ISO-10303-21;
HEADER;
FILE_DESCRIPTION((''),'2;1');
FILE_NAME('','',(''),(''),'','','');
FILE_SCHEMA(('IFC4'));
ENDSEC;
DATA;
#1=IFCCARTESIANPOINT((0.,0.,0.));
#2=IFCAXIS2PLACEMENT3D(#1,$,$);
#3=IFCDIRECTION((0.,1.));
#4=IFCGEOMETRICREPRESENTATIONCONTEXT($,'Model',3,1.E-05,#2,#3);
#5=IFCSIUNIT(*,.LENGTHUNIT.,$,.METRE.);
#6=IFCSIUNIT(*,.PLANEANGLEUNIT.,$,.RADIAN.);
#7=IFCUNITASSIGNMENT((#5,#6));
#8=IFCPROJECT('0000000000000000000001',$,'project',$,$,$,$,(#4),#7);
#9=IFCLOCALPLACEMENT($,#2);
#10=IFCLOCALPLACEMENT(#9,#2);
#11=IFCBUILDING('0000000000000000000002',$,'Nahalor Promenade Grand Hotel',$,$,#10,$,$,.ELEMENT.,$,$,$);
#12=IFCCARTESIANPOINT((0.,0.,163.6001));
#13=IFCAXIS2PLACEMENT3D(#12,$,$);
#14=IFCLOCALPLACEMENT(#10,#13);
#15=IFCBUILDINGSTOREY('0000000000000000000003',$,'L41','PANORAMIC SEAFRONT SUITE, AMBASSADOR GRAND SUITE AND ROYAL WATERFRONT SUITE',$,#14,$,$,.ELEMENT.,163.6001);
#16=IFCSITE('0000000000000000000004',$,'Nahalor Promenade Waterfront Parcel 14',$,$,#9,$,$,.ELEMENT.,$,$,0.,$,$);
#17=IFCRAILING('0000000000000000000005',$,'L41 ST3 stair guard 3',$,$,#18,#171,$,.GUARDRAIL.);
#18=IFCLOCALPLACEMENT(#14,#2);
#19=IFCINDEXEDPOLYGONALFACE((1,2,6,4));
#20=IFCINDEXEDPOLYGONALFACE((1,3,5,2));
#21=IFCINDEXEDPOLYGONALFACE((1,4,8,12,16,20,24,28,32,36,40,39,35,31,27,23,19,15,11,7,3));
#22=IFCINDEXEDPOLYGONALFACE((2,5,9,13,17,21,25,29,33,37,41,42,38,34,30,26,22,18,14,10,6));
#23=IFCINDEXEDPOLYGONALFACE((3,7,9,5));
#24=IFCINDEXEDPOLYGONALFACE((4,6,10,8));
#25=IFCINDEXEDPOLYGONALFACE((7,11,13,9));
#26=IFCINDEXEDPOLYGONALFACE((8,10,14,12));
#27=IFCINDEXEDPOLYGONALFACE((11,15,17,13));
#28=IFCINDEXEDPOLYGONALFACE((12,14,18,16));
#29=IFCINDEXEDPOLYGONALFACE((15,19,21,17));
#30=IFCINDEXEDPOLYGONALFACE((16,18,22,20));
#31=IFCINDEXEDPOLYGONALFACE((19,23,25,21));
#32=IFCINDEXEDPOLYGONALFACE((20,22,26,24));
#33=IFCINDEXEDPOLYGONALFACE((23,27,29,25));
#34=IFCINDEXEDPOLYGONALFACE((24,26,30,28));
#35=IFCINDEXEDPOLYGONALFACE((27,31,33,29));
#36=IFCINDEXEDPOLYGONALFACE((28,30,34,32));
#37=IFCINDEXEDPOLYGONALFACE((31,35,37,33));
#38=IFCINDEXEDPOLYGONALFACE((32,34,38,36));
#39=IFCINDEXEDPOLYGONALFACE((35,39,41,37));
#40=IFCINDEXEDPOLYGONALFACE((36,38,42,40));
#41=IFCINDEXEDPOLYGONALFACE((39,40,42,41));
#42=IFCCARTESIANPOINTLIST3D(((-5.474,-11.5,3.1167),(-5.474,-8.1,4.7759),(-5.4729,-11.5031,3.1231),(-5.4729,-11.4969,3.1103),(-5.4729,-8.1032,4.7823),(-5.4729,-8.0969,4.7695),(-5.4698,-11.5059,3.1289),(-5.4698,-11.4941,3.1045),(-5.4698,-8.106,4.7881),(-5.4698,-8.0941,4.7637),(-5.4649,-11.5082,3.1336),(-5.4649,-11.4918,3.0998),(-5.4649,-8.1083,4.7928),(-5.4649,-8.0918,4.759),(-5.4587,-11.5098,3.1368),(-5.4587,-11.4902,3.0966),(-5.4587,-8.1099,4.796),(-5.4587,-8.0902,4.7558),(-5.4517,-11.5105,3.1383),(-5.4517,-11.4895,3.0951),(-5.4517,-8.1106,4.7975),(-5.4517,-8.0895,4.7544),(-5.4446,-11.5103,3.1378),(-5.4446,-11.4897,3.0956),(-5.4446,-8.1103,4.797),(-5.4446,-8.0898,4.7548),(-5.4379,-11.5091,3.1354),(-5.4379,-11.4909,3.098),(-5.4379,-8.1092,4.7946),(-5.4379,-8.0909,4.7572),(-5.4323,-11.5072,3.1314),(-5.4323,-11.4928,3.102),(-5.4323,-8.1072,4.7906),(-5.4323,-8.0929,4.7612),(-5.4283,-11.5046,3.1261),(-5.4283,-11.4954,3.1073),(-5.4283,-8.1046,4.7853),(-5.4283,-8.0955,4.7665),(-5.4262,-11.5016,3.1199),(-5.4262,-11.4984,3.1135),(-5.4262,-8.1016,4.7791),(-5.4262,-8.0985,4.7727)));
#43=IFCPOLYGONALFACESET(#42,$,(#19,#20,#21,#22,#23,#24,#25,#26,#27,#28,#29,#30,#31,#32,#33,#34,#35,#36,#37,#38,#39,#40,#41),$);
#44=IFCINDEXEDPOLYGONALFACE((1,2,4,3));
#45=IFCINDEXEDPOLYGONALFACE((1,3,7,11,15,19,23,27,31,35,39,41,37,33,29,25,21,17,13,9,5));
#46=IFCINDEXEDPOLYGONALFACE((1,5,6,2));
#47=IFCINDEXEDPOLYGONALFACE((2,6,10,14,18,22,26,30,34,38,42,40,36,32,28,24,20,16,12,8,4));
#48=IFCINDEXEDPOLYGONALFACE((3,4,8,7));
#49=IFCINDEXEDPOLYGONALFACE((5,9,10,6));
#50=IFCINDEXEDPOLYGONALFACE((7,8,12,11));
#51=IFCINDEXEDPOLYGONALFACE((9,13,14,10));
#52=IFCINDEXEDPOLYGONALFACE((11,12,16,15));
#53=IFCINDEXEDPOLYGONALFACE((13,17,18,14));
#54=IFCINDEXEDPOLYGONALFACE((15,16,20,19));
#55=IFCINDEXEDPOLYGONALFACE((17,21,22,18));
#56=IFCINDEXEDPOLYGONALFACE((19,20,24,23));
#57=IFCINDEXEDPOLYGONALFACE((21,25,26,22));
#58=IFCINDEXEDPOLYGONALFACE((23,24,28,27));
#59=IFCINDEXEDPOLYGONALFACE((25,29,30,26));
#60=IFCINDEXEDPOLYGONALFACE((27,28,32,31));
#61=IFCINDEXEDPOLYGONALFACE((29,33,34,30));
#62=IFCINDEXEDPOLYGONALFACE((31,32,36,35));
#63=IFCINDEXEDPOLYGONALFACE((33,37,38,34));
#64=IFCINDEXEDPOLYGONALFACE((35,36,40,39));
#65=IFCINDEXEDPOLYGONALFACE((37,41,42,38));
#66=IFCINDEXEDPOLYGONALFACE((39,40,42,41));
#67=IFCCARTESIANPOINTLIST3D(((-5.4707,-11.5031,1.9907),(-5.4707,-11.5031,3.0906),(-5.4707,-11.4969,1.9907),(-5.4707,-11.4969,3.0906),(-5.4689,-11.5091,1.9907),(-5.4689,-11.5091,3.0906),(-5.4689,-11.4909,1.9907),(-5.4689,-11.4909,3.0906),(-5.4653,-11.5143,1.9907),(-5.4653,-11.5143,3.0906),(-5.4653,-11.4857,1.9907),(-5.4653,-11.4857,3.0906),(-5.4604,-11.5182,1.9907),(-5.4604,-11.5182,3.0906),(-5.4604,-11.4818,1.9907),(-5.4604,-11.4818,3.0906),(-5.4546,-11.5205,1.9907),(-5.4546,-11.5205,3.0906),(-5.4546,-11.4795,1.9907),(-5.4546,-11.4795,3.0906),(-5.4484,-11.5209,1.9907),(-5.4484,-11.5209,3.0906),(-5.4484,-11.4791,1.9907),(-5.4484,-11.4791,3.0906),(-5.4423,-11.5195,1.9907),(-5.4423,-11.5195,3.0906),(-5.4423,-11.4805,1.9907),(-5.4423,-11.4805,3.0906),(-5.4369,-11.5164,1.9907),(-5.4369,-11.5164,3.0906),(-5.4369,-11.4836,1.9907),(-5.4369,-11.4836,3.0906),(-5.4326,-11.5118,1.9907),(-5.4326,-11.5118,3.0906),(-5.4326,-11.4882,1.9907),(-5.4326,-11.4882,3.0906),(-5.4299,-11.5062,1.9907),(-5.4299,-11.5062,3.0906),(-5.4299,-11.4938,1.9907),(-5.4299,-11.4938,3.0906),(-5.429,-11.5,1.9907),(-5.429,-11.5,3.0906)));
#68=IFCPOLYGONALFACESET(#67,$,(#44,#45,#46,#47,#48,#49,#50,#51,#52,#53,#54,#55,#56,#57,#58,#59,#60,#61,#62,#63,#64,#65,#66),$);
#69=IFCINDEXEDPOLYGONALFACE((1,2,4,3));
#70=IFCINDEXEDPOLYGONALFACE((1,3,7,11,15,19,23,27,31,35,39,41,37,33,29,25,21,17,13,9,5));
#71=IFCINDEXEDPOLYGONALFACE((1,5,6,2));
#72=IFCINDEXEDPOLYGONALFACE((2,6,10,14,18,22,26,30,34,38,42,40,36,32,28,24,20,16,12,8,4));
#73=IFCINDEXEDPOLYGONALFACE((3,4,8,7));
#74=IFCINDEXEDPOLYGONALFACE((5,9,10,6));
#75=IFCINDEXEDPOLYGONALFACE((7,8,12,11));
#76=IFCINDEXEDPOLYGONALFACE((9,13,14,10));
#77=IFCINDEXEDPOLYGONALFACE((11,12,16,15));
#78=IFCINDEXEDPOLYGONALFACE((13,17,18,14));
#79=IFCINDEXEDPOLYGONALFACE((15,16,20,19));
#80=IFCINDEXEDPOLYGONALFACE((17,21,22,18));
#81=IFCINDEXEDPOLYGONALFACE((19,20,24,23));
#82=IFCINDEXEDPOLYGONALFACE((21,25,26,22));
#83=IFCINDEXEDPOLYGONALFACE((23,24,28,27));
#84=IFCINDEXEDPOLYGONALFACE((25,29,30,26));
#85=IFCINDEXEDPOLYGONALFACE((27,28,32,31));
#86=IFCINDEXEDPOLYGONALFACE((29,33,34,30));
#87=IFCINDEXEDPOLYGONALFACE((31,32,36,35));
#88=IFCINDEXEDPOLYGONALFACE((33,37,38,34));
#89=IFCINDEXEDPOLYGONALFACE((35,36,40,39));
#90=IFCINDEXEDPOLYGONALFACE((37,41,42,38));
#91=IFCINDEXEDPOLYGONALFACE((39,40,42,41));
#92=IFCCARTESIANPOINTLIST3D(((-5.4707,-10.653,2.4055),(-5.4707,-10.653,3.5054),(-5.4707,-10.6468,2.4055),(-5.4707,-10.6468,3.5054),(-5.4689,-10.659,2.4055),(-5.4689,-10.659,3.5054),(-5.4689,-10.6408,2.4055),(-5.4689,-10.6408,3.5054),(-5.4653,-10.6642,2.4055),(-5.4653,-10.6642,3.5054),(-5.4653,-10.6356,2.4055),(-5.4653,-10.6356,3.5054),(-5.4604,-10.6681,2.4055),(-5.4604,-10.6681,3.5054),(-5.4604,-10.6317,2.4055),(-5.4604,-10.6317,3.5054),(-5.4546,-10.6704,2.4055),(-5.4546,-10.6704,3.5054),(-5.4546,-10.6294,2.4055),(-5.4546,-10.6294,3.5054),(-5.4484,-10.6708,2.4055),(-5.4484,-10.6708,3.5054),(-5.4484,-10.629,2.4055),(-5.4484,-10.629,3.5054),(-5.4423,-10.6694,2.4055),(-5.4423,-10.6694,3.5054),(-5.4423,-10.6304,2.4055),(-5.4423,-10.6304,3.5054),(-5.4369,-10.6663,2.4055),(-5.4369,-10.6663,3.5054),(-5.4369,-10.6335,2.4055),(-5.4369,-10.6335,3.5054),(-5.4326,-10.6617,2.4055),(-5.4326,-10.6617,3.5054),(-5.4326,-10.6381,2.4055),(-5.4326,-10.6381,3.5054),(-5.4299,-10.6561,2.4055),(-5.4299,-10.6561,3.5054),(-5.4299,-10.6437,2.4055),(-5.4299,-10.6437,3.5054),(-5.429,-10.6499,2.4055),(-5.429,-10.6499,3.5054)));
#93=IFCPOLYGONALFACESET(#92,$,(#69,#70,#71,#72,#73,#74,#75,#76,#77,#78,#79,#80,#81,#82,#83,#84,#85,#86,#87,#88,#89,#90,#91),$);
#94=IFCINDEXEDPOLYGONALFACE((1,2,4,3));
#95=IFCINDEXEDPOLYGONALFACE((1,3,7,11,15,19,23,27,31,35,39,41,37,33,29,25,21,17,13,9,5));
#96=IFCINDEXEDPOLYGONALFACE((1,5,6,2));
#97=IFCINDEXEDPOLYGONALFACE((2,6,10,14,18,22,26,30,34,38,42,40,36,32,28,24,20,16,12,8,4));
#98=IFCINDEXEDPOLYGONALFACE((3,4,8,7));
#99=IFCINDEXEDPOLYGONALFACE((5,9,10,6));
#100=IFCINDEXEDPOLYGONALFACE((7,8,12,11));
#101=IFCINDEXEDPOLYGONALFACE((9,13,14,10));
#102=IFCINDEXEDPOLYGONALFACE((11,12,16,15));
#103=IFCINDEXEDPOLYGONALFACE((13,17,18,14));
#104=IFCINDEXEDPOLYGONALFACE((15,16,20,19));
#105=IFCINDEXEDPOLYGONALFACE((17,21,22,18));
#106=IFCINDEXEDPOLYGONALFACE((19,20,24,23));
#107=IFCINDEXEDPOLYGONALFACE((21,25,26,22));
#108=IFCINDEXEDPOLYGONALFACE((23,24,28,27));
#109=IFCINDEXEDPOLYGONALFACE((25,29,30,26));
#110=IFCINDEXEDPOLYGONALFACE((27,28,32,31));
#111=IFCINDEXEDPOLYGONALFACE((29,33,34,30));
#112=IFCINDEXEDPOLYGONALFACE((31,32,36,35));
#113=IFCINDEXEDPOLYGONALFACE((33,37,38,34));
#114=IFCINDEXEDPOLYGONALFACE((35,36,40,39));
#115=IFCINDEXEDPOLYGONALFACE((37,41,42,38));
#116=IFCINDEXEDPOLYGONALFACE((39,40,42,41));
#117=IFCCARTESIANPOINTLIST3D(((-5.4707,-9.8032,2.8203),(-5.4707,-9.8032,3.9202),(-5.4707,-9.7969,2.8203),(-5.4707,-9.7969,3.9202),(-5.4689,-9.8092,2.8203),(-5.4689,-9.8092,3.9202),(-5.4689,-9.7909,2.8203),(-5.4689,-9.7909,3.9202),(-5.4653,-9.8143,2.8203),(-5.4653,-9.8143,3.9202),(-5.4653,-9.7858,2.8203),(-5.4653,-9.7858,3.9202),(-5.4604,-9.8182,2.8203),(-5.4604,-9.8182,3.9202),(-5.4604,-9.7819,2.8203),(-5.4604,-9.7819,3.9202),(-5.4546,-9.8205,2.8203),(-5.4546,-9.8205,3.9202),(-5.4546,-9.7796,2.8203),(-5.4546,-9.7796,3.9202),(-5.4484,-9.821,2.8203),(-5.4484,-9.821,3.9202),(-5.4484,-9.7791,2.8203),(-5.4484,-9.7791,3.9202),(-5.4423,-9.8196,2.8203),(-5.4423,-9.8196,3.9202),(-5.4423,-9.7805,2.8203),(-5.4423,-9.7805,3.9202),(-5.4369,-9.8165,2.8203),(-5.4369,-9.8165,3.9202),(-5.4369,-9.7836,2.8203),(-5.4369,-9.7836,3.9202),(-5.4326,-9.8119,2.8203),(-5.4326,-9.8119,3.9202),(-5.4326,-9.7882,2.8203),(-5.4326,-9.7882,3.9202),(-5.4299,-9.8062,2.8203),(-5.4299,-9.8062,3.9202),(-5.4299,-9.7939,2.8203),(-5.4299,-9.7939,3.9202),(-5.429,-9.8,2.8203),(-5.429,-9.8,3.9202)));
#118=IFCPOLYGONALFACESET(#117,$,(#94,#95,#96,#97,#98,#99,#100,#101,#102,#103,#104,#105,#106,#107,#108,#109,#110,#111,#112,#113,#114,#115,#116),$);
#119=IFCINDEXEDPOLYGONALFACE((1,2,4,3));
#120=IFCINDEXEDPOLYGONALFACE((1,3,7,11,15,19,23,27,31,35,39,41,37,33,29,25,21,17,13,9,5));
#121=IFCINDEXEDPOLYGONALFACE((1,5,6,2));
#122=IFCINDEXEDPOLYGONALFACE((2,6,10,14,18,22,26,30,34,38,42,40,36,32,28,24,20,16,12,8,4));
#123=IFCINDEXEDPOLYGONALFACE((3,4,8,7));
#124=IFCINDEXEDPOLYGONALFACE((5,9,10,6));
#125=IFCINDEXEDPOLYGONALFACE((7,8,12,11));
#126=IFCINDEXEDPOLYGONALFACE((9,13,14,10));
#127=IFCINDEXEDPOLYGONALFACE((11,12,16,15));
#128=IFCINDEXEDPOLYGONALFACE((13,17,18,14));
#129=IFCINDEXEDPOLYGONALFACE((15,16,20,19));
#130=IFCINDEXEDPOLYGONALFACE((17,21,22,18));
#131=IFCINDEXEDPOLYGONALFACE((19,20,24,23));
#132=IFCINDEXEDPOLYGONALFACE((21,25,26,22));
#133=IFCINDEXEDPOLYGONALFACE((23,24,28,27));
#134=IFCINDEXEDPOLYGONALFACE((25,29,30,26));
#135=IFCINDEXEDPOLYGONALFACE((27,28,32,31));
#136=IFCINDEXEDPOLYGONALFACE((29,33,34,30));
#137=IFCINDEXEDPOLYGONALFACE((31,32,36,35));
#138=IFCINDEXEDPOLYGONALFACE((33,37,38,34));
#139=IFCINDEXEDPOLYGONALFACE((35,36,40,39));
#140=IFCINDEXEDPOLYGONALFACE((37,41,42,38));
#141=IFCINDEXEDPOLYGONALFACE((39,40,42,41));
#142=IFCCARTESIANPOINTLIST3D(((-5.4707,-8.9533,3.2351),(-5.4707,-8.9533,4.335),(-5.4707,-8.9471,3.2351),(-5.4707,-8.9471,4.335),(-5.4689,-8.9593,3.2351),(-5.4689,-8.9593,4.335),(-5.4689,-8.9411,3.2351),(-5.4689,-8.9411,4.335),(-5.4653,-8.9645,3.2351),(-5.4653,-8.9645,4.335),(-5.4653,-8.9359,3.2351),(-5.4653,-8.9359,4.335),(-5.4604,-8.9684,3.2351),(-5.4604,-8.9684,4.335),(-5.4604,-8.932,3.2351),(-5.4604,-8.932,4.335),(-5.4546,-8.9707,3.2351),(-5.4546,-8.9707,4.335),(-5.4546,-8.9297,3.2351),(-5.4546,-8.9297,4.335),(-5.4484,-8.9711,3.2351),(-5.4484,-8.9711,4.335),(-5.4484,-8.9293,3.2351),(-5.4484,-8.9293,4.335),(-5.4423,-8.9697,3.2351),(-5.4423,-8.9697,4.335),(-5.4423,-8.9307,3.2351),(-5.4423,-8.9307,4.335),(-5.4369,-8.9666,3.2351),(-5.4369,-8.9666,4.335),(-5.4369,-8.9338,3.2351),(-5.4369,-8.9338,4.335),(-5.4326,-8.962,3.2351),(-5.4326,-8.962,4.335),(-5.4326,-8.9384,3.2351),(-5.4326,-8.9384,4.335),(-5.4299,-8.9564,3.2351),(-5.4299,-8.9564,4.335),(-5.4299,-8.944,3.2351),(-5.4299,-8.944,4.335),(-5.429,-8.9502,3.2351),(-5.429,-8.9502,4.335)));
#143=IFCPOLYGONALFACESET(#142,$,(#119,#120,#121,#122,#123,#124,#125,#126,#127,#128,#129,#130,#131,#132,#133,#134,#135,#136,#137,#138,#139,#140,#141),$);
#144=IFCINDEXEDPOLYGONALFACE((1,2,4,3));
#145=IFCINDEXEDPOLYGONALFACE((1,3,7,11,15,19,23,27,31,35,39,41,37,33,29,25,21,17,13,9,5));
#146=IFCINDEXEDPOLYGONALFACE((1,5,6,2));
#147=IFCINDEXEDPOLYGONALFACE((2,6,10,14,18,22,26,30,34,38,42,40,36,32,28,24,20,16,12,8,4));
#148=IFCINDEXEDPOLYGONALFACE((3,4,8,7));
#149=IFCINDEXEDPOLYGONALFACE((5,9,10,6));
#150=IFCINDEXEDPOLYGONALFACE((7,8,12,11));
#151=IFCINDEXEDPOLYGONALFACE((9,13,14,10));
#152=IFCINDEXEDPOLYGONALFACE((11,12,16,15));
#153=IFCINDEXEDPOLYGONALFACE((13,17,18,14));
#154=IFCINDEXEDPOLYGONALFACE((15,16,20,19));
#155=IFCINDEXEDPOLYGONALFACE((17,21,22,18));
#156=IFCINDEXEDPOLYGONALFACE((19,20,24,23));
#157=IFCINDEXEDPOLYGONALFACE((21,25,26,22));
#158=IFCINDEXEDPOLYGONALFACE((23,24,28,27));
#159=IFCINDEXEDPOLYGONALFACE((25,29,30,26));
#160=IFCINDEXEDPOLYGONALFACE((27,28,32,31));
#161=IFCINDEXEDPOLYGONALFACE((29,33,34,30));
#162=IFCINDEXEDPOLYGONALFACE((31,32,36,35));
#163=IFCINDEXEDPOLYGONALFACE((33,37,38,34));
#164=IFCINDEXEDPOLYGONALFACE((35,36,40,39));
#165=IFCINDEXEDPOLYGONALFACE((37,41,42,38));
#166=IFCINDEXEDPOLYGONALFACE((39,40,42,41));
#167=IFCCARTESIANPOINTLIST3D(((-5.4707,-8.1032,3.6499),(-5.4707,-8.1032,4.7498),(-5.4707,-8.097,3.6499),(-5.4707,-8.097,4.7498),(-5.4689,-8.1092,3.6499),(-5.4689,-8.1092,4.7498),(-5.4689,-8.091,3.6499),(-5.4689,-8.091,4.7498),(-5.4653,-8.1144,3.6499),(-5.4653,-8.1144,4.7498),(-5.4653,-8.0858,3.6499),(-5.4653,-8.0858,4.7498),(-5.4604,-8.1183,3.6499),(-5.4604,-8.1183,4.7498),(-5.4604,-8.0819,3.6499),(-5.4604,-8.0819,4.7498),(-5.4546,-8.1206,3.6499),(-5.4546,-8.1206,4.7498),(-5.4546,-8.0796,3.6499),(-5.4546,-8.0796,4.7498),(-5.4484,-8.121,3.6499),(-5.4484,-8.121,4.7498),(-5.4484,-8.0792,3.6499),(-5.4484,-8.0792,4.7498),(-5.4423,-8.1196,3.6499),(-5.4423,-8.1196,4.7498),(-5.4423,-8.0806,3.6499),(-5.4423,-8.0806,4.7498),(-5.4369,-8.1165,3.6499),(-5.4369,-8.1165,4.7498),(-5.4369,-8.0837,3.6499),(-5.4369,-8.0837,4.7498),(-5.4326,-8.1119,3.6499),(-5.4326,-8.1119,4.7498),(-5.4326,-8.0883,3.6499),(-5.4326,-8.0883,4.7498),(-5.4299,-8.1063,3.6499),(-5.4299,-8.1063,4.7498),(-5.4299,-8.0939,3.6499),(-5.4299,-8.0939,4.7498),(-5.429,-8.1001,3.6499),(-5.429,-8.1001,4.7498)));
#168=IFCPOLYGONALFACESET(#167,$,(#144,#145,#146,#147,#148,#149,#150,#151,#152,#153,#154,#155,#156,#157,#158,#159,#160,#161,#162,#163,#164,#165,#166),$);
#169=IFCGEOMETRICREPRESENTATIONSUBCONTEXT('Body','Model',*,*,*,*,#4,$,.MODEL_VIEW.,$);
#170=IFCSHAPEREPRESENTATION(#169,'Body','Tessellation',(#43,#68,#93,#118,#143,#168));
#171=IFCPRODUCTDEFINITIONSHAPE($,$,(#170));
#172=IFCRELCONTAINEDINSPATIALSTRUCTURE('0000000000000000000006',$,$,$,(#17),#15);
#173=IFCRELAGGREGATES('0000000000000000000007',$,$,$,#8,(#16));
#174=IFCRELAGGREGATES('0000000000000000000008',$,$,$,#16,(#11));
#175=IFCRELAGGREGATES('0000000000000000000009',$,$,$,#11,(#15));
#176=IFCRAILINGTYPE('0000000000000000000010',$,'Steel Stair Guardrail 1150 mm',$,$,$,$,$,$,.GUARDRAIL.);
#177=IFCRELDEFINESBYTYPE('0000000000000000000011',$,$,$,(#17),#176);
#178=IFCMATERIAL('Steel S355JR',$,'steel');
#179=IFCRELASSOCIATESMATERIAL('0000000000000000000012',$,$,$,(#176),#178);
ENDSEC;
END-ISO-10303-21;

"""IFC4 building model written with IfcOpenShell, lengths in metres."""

from ifc_helpers import new_model, si_unit, direction, frame, origin, origin_2d, place, context, subcontext, project, spatial, circle, extrude, material, type_object, element, save


model = new_model("IFC4")

# Units and contexts
model_context = context("Model", 3, precision=1e-05, world=origin(), true_north=direction((0.0, 1.0)))
body_context = subcontext(model_context, "Body", "Model", "MODEL_VIEW")
ifc_project = project(units=[si_unit("LENGTHUNIT", "METRE"), si_unit("PLANEANGLEUNIT", "RADIAN")], contexts=[model_context])

# Site, building, storey
site_placement = place(None, origin())
site = spatial("IfcSite", under=ifc_project, at=site_placement, Name="Nahalor Promenade Waterfront Parcel 14", CompositionType="ELEMENT", RefElevation=0.0)
building_placement = place(site_placement, origin())
building = spatial("IfcBuilding", under=site, at=building_placement, Name="Nahalor Promenade Grand Hotel", CompositionType="ELEMENT")
storey_placement = place(building_placement, frame((0.0, 0.0, 163.6001)))
storey = spatial("IfcBuildingStorey", under=building, at=storey_placement, Name="L41", Description="PANORAMIC SEAFRONT SUITE, AMBASSADOR GRAND SUITE AND ROYAL WATERFRONT SUITE", CompositionType="ELEMENT", Elevation=163.6001)

# Shared definitions
ifc_material_1 = material(Name="Steel S355JR", Category="steel")

# Railing
railing_type_1 = type_object("IfcRailingType", Name="Steel Stair Guardrail 1150 mm", PredefinedType="GUARDRAIL", material=ifc_material_1)
railing_1_placement = place(storey_placement, frame((-5.45, -11.5, 1.9907)))
element("IfcRailing", 1, at=railing_1_placement, inside=storey, type_object=railing_type_1, Name="L41 ST3 stair guard 3", PredefinedType="GUARDRAIL", context=body_context, shape_type="SweptSolid", body=[
    extrude(circle(Radius=0.024, at=origin_2d()), frame((0.0, 0.0, 1.126), z_axis=(0.0, 0.898696, 0.438571), x_axis=(-1.0, 0.0, 0.0)), (0.0, 0.0, 1.0), 3.7832),
    extrude(circle(Radius=0.021, at=origin_2d()), origin(), (0.0, 0.0, 1.0), 1.0999),
    extrude(circle(Radius=0.021, at=origin_2d()), frame((0.0, 0.8501, 0.4148)), (0.0, 0.0, 1.0), 1.0999),
    extrude(circle(Radius=0.021, at=origin_2d()), frame((0.0, 1.7, 0.8296)), (0.0, 0.0, 1.0), 1.0999),
    extrude(circle(Radius=0.021, at=origin_2d()), frame((0.0, 2.5498, 1.2444)), (0.0, 0.0, 1.0), 1.0999),
    extrude(circle(Radius=0.021, at=origin_2d()), frame((0.0, 3.3999, 1.6592)), (0.0, 0.0, 1.0), 1.0999),
])

save(model, "model.ifc")
